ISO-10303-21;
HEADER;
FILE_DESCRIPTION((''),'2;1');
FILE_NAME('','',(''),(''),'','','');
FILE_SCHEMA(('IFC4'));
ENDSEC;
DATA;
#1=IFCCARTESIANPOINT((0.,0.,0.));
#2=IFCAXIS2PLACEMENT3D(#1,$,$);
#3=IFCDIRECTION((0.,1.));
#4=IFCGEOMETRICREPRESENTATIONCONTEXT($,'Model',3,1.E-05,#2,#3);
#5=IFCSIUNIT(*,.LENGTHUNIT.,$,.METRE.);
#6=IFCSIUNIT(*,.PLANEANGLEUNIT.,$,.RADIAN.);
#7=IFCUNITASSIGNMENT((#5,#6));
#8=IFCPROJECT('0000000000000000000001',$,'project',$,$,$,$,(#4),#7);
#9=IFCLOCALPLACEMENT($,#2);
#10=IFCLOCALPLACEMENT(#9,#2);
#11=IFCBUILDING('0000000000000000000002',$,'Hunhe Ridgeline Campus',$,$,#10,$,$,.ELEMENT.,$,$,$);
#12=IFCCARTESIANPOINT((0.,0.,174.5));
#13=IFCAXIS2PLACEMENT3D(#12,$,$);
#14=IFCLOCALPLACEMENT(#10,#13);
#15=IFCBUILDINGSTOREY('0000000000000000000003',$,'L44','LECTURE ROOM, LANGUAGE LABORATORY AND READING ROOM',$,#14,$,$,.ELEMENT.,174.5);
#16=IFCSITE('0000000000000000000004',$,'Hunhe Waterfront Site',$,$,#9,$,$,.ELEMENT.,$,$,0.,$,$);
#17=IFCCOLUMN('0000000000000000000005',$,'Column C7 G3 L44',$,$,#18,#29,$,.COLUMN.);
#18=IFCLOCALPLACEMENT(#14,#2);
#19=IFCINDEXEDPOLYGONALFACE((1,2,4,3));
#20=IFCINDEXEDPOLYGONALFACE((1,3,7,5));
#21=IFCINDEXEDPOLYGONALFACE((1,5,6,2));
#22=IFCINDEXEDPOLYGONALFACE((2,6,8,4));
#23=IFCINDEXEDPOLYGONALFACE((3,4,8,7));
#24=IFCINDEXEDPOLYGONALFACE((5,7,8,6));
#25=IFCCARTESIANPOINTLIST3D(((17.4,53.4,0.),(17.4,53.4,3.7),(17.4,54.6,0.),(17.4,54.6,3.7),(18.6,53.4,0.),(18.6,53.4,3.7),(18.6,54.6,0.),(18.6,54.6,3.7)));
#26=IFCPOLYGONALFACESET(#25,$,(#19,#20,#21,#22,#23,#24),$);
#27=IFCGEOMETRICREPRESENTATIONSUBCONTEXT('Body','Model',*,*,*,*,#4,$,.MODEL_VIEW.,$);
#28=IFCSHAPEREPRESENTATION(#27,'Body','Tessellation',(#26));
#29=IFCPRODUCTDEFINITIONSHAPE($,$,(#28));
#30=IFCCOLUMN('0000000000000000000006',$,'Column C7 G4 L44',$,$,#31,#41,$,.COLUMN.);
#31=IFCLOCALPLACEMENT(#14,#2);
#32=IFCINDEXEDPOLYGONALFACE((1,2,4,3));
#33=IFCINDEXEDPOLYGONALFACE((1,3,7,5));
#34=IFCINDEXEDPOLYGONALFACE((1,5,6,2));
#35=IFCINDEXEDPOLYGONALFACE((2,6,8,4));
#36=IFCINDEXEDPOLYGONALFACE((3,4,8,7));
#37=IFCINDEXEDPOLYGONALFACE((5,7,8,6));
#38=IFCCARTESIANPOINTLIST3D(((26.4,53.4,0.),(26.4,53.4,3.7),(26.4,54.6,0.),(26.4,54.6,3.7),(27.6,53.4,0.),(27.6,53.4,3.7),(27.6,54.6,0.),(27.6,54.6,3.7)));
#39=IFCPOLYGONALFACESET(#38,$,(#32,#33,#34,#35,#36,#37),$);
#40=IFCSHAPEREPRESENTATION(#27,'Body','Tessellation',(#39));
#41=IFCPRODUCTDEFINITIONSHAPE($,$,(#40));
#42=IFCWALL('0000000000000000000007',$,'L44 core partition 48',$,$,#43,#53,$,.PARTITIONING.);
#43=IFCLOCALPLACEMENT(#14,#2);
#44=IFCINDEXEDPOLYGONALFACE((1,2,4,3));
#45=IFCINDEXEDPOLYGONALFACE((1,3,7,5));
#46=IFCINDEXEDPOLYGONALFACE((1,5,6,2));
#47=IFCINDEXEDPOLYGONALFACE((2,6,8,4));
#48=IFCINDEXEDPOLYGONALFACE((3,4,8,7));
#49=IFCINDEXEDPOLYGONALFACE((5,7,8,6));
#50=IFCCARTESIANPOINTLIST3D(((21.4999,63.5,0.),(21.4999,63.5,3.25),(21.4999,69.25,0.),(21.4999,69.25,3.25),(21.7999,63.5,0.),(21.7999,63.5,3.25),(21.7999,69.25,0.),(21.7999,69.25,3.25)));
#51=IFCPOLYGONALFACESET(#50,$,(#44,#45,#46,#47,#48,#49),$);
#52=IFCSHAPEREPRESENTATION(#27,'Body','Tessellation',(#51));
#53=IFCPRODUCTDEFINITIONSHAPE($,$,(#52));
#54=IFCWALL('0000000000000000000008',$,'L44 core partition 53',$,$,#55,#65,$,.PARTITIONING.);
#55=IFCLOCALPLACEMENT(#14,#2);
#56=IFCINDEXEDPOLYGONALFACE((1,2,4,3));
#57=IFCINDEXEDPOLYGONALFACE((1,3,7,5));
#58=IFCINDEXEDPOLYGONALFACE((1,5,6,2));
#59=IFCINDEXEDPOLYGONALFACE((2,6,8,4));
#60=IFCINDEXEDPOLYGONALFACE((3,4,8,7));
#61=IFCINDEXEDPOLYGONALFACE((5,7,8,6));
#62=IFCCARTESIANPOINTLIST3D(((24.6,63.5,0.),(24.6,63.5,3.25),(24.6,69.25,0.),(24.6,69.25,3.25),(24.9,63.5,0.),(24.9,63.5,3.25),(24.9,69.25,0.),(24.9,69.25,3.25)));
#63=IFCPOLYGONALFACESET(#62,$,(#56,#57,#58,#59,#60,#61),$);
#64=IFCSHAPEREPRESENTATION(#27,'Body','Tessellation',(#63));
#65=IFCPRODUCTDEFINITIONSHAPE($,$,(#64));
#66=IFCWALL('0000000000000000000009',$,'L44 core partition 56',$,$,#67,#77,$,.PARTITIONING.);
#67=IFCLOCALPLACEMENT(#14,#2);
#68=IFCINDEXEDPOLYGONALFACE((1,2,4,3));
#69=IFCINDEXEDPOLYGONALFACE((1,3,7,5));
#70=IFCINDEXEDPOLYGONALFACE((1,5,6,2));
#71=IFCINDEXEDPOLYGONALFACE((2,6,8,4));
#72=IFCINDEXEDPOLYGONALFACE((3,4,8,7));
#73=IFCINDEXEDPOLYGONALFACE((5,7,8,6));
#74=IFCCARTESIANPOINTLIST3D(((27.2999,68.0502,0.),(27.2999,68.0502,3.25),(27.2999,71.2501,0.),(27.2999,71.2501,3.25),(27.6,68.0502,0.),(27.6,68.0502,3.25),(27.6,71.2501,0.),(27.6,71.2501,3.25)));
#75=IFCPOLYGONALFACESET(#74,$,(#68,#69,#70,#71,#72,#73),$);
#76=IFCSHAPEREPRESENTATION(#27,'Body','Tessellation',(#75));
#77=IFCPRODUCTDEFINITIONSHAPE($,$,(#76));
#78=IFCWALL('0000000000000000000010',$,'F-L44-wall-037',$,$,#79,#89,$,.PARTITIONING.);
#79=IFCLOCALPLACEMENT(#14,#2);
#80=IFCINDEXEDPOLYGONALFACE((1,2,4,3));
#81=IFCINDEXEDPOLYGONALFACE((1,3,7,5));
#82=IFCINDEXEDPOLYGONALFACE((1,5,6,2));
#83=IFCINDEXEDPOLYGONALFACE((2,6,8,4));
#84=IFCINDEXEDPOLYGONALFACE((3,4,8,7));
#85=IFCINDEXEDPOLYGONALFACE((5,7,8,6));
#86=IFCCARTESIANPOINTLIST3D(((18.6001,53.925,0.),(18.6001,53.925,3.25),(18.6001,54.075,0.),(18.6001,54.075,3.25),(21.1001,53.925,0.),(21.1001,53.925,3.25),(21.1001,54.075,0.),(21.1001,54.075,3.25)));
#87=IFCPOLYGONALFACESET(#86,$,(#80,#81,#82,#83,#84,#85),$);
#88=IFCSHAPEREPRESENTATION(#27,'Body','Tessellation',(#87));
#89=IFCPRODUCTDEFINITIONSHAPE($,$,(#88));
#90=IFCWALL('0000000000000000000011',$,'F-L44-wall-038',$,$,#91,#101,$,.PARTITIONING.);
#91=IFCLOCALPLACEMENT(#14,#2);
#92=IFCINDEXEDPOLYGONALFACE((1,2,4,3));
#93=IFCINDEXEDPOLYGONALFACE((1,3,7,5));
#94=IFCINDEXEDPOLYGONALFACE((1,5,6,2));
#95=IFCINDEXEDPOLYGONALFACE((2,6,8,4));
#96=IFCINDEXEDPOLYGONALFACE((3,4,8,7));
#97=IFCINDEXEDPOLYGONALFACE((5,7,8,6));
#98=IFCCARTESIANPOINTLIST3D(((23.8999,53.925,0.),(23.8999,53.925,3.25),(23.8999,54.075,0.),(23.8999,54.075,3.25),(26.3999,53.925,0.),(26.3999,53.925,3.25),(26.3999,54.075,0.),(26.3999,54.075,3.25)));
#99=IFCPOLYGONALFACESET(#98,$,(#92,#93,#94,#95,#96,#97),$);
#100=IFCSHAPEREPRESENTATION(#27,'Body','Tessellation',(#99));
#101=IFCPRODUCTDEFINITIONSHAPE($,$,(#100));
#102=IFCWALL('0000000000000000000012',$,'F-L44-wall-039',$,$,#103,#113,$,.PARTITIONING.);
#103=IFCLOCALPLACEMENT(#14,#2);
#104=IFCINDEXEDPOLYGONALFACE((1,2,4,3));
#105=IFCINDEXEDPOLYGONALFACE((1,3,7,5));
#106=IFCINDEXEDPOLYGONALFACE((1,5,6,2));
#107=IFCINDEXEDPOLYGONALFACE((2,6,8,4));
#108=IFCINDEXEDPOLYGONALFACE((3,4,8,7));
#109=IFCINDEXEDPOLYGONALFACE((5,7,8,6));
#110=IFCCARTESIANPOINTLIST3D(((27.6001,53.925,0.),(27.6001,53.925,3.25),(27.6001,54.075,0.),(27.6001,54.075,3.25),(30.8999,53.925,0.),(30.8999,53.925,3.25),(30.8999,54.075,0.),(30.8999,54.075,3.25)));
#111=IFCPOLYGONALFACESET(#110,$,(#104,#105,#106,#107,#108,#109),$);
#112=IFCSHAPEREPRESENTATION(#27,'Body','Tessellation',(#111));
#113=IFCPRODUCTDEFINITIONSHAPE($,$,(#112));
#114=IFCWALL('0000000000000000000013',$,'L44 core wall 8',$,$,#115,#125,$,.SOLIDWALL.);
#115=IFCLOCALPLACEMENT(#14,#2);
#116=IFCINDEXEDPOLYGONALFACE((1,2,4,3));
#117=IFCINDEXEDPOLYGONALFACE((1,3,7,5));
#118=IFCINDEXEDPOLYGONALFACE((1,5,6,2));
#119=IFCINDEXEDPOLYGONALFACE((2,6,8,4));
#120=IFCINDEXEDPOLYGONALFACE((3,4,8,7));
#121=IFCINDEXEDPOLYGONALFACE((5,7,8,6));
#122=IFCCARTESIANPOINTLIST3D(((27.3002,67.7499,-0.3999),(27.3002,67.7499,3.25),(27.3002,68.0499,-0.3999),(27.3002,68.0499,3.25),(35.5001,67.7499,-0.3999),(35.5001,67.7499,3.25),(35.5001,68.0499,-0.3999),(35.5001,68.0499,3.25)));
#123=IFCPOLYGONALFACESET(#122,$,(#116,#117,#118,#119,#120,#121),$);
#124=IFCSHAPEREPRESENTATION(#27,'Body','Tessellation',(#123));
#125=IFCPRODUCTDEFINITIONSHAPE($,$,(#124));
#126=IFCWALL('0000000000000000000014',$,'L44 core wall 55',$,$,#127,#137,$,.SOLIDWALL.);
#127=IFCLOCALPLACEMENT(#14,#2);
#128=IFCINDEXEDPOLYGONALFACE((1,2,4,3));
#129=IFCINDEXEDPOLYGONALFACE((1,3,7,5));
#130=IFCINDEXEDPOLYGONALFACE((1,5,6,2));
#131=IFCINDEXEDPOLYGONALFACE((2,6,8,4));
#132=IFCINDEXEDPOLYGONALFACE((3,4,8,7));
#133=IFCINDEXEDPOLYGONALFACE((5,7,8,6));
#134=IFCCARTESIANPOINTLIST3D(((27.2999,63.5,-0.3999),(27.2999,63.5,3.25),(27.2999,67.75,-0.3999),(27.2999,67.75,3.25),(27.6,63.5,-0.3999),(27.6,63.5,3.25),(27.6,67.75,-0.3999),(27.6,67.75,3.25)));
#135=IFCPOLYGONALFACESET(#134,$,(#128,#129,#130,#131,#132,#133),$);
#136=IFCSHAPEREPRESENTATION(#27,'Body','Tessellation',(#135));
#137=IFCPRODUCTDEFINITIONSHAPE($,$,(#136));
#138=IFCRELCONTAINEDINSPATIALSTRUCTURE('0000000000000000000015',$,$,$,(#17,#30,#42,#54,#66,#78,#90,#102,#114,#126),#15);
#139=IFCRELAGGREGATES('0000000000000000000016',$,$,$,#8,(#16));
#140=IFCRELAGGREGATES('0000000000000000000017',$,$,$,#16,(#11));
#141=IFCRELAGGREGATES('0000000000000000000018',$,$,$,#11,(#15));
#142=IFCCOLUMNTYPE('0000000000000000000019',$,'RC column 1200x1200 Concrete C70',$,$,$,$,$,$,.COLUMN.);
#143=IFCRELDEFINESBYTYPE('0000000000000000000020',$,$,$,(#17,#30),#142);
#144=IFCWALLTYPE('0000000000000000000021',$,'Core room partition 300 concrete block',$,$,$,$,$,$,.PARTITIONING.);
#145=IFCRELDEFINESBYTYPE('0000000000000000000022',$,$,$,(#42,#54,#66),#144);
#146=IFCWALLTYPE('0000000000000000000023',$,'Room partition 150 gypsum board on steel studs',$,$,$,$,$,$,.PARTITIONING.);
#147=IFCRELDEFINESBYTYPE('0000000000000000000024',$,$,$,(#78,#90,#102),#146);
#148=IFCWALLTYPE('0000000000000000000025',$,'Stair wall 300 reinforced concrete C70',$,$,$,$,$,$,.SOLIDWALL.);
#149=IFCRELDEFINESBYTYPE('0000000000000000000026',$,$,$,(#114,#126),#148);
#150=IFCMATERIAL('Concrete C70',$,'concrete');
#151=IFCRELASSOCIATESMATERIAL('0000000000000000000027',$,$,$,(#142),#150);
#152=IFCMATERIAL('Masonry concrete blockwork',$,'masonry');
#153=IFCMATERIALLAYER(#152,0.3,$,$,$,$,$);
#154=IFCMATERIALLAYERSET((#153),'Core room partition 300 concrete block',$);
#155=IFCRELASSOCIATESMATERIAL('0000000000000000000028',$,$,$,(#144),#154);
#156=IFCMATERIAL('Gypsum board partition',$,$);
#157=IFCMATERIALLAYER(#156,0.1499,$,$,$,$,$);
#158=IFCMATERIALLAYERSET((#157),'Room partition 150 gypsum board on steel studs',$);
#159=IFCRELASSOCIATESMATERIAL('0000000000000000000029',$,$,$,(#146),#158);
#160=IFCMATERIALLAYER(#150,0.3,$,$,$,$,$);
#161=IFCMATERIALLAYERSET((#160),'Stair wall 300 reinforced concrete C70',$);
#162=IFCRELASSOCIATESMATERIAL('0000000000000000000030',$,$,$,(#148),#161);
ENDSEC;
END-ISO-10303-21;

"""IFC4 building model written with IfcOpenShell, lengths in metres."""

from ifc_helpers import new_model, si_unit, direction, frame, frame_2d, origin, origin_2d, place, context, subcontext, project, spatial, rectangle, extrude, material, layer, layer_set, material_profile, profile_set, type_object, element, save


model = new_model("IFC4")

# Units and contexts
model_context = context("Model", 3, precision=1e-05, world=origin(), true_north=direction((0.0, 1.0)))
body_context = subcontext(model_context, "Body", "Model", "MODEL_VIEW")
ifc_project = project(units=[si_unit("LENGTHUNIT", "METRE"), si_unit("PLANEANGLEUNIT", "RADIAN")], contexts=[model_context])

# Site, building, storey
site_placement = place(None, origin())
site = spatial("IfcSite", under=ifc_project, at=site_placement, Name="Hunhe Waterfront Site", CompositionType="ELEMENT", RefElevation=0.0)
building_placement = place(site_placement, origin())
building = spatial("IfcBuilding", under=site, at=building_placement, Name="Hunhe Ridgeline Campus", CompositionType="ELEMENT")
storey_placement = place(building_placement, frame((0.0, 0.0, 174.5)))
storey = spatial("IfcBuildingStorey", under=building, at=storey_placement, Name="L44", Description="LECTURE ROOM, LANGUAGE LABORATORY AND READING ROOM", CompositionType="ELEMENT", Elevation=174.5)

# Columns
ifc_material_1 = material(Name="Concrete C70", Category="concrete")
ifc_material_profile = material_profile(ifc_material_1, rectangle(XDim=1.2, YDim=1.2, at=origin_2d()))
ifc_profile_set = profile_set([ifc_material_profile], Name="Concrete C70")
column_type = type_object("IfcColumnType", Name="RC column 1200x1200 Concrete C70", PredefinedType="COLUMN", material=ifc_profile_set)
for number, where, z_axis, x_axis, name in (
    (1, (18.0, 54.0, 0.0), (0.0, 0.0, 1.0), (1.0, 0.0, 0.0), "Column C7 G3 L44"),
    (2, (27.0, 54.0, 0.0), (0.0, 0.0, 1.0), (1.0, 0.0, 0.0), "Column C7 G4 L44"),
):
    element("IfcColumn", number, at=place(storey_placement, frame(where, z_axis=z_axis, x_axis=x_axis)), inside=storey, type_object=column_type, Name=name, PredefinedType="COLUMN", context=body_context, shape_type="SweptSolid", body=[
        extrude(rectangle(XDim=1.2, YDim=1.2, at=origin_2d()), origin(), (0.0, 0.0, 1.0), 3.7),
    ])

# Walls
ifc_material_2 = material(Name="Masonry concrete blockwork", Category="masonry")
ifc_layer_1 = layer(ifc_material_2, 0.3)
ifc_layer_set_1 = layer_set([ifc_layer_1], Name="Core room partition 300 concrete block")
wall_type_1 = type_object("IfcWallType", Name="Core room partition 300 concrete block", PredefinedType="PARTITIONING", material=ifc_layer_set_1)
for number, where, z_axis, x_axis, name in (
    (3, (21.6499, 63.5, 0.0), (0.0, 0.0, 1.0), (0.0, 1.0, 0.0), "L44 core partition 48"),
    (4, (24.75, 63.5, 0.0), (0.0, 0.0, 1.0), (0.0, 1.0, 0.0), "L44 core partition 53"),
):
    element("IfcWall", number, at=place(storey_placement, frame(where, z_axis=z_axis, x_axis=x_axis)), inside=storey, type_object=wall_type_1, Name=name, PredefinedType="PARTITIONING", context=body_context, shape_type="SweptSolid", body=[
        extrude(rectangle(XDim=5.75, YDim=0.3, at=frame_2d((2.875, 0.0))), origin(), (0.0, 0.0, 1.0), 3.25),
    ])
wall_1_placement = place(storey_placement, frame((27.45, 68.05, 0.0), z_axis=(0.0, 0.0, 1.0), x_axis=(0.0, 1.0, 0.0)))
element("IfcWall", 5, at=wall_1_placement, inside=storey, type_object=wall_type_1, Name="L44 core partition 56", PredefinedType="PARTITIONING", context=body_context, shape_type="SweptSolid", body=[
    extrude(rectangle(XDim=3.2, YDim=0.3, at=frame_2d((1.6001, 0.0))), origin(), (0.0, 0.0, 1.0), 3.25),
])

# Shared definitions
ifc_material_3 = material(Name="Gypsum board partition")

# Walls
ifc_layer_2 = layer(ifc_material_3, 0.1499)
ifc_layer_set_2 = layer_set([ifc_layer_2], Name="Room partition 150 gypsum board on steel studs")
wall_type_2 = type_object("IfcWallType", Name="Room partition 150 gypsum board on steel studs", PredefinedType="PARTITIONING", material=ifc_layer_set_2)
for number, where, z_axis, x_axis, name in (
    (6, (18.6001, 54.0, 0.0), (0.0, 0.0, 1.0), (1.0, 0.0, 0.0), "F-L44-wall-037"),
    (7, (23.8999, 54.0, 0.0), (0.0, 0.0, 1.0), (1.0, 0.0, 0.0), "F-L44-wall-038"),
):
    element("IfcWall", number, at=place(storey_placement, frame(where, z_axis=z_axis, x_axis=x_axis)), inside=storey, type_object=wall_type_2, Name=name, PredefinedType="PARTITIONING", context=body_context, shape_type="SweptSolid", body=[
        extrude(rectangle(XDim=2.5, YDim=0.1499, at=frame_2d((1.25, 0.0))), origin(), (0.0, 0.0, 1.0), 3.25),
    ])
wall_2_placement = place(storey_placement, frame((27.6001, 54.0, 0.0), z_axis=(0.0, 0.0, 1.0), x_axis=(1.0, 0.0, 0.0)))
element("IfcWall", 8, at=wall_2_placement, inside=storey, type_object=wall_type_2, Name="F-L44-wall-039", PredefinedType="PARTITIONING", context=body_context, shape_type="SweptSolid", body=[
    extrude(rectangle(XDim=3.2998, YDim=0.1499, at=frame_2d((1.6499, 0.0))), origin(), (0.0, 0.0, 1.0), 3.25),
])
ifc_layer_3 = layer(ifc_material_1, 0.3)
ifc_layer_set_3 = layer_set([ifc_layer_3], Name="Stair wall 300 reinforced concrete C70")
wall_type_3 = type_object("IfcWallType", Name="Stair wall 300 reinforced concrete C70", PredefinedType="SOLIDWALL", material=ifc_layer_set_3)
wall_3_placement = place(storey_placement, frame((27.3, 67.8999, -0.3999), z_axis=(0.0, 0.0, 1.0), x_axis=(1.0, 0.0, 0.0)))
element("IfcWall", 9, at=wall_3_placement, inside=storey, type_object=wall_type_3, Name="L44 core wall 8", PredefinedType="SOLIDWALL", context=body_context, shape_type="SweptSolid", body=[
    extrude(rectangle(XDim=8.2, YDim=0.3, at=frame_2d((4.1001, 0.0))), origin(), (0.0, 0.0, 1.0), 3.6499),
])
wall_4_placement = place(storey_placement, frame((27.45, 63.5, -0.3999), z_axis=(0.0, 0.0, 1.0), x_axis=(0.0, 1.0, 0.0)))
element("IfcWall", 10, at=wall_4_placement, inside=storey, type_object=wall_type_3, Name="L44 core wall 55", PredefinedType="SOLIDWALL", context=body_context, shape_type="SweptSolid", body=[
    extrude(rectangle(XDim=4.25, YDim=0.3, at=frame_2d((2.125, 0.0))), origin(), (0.0, 0.0, 1.0), 3.6499),
])

save(model, "model.ifc")
